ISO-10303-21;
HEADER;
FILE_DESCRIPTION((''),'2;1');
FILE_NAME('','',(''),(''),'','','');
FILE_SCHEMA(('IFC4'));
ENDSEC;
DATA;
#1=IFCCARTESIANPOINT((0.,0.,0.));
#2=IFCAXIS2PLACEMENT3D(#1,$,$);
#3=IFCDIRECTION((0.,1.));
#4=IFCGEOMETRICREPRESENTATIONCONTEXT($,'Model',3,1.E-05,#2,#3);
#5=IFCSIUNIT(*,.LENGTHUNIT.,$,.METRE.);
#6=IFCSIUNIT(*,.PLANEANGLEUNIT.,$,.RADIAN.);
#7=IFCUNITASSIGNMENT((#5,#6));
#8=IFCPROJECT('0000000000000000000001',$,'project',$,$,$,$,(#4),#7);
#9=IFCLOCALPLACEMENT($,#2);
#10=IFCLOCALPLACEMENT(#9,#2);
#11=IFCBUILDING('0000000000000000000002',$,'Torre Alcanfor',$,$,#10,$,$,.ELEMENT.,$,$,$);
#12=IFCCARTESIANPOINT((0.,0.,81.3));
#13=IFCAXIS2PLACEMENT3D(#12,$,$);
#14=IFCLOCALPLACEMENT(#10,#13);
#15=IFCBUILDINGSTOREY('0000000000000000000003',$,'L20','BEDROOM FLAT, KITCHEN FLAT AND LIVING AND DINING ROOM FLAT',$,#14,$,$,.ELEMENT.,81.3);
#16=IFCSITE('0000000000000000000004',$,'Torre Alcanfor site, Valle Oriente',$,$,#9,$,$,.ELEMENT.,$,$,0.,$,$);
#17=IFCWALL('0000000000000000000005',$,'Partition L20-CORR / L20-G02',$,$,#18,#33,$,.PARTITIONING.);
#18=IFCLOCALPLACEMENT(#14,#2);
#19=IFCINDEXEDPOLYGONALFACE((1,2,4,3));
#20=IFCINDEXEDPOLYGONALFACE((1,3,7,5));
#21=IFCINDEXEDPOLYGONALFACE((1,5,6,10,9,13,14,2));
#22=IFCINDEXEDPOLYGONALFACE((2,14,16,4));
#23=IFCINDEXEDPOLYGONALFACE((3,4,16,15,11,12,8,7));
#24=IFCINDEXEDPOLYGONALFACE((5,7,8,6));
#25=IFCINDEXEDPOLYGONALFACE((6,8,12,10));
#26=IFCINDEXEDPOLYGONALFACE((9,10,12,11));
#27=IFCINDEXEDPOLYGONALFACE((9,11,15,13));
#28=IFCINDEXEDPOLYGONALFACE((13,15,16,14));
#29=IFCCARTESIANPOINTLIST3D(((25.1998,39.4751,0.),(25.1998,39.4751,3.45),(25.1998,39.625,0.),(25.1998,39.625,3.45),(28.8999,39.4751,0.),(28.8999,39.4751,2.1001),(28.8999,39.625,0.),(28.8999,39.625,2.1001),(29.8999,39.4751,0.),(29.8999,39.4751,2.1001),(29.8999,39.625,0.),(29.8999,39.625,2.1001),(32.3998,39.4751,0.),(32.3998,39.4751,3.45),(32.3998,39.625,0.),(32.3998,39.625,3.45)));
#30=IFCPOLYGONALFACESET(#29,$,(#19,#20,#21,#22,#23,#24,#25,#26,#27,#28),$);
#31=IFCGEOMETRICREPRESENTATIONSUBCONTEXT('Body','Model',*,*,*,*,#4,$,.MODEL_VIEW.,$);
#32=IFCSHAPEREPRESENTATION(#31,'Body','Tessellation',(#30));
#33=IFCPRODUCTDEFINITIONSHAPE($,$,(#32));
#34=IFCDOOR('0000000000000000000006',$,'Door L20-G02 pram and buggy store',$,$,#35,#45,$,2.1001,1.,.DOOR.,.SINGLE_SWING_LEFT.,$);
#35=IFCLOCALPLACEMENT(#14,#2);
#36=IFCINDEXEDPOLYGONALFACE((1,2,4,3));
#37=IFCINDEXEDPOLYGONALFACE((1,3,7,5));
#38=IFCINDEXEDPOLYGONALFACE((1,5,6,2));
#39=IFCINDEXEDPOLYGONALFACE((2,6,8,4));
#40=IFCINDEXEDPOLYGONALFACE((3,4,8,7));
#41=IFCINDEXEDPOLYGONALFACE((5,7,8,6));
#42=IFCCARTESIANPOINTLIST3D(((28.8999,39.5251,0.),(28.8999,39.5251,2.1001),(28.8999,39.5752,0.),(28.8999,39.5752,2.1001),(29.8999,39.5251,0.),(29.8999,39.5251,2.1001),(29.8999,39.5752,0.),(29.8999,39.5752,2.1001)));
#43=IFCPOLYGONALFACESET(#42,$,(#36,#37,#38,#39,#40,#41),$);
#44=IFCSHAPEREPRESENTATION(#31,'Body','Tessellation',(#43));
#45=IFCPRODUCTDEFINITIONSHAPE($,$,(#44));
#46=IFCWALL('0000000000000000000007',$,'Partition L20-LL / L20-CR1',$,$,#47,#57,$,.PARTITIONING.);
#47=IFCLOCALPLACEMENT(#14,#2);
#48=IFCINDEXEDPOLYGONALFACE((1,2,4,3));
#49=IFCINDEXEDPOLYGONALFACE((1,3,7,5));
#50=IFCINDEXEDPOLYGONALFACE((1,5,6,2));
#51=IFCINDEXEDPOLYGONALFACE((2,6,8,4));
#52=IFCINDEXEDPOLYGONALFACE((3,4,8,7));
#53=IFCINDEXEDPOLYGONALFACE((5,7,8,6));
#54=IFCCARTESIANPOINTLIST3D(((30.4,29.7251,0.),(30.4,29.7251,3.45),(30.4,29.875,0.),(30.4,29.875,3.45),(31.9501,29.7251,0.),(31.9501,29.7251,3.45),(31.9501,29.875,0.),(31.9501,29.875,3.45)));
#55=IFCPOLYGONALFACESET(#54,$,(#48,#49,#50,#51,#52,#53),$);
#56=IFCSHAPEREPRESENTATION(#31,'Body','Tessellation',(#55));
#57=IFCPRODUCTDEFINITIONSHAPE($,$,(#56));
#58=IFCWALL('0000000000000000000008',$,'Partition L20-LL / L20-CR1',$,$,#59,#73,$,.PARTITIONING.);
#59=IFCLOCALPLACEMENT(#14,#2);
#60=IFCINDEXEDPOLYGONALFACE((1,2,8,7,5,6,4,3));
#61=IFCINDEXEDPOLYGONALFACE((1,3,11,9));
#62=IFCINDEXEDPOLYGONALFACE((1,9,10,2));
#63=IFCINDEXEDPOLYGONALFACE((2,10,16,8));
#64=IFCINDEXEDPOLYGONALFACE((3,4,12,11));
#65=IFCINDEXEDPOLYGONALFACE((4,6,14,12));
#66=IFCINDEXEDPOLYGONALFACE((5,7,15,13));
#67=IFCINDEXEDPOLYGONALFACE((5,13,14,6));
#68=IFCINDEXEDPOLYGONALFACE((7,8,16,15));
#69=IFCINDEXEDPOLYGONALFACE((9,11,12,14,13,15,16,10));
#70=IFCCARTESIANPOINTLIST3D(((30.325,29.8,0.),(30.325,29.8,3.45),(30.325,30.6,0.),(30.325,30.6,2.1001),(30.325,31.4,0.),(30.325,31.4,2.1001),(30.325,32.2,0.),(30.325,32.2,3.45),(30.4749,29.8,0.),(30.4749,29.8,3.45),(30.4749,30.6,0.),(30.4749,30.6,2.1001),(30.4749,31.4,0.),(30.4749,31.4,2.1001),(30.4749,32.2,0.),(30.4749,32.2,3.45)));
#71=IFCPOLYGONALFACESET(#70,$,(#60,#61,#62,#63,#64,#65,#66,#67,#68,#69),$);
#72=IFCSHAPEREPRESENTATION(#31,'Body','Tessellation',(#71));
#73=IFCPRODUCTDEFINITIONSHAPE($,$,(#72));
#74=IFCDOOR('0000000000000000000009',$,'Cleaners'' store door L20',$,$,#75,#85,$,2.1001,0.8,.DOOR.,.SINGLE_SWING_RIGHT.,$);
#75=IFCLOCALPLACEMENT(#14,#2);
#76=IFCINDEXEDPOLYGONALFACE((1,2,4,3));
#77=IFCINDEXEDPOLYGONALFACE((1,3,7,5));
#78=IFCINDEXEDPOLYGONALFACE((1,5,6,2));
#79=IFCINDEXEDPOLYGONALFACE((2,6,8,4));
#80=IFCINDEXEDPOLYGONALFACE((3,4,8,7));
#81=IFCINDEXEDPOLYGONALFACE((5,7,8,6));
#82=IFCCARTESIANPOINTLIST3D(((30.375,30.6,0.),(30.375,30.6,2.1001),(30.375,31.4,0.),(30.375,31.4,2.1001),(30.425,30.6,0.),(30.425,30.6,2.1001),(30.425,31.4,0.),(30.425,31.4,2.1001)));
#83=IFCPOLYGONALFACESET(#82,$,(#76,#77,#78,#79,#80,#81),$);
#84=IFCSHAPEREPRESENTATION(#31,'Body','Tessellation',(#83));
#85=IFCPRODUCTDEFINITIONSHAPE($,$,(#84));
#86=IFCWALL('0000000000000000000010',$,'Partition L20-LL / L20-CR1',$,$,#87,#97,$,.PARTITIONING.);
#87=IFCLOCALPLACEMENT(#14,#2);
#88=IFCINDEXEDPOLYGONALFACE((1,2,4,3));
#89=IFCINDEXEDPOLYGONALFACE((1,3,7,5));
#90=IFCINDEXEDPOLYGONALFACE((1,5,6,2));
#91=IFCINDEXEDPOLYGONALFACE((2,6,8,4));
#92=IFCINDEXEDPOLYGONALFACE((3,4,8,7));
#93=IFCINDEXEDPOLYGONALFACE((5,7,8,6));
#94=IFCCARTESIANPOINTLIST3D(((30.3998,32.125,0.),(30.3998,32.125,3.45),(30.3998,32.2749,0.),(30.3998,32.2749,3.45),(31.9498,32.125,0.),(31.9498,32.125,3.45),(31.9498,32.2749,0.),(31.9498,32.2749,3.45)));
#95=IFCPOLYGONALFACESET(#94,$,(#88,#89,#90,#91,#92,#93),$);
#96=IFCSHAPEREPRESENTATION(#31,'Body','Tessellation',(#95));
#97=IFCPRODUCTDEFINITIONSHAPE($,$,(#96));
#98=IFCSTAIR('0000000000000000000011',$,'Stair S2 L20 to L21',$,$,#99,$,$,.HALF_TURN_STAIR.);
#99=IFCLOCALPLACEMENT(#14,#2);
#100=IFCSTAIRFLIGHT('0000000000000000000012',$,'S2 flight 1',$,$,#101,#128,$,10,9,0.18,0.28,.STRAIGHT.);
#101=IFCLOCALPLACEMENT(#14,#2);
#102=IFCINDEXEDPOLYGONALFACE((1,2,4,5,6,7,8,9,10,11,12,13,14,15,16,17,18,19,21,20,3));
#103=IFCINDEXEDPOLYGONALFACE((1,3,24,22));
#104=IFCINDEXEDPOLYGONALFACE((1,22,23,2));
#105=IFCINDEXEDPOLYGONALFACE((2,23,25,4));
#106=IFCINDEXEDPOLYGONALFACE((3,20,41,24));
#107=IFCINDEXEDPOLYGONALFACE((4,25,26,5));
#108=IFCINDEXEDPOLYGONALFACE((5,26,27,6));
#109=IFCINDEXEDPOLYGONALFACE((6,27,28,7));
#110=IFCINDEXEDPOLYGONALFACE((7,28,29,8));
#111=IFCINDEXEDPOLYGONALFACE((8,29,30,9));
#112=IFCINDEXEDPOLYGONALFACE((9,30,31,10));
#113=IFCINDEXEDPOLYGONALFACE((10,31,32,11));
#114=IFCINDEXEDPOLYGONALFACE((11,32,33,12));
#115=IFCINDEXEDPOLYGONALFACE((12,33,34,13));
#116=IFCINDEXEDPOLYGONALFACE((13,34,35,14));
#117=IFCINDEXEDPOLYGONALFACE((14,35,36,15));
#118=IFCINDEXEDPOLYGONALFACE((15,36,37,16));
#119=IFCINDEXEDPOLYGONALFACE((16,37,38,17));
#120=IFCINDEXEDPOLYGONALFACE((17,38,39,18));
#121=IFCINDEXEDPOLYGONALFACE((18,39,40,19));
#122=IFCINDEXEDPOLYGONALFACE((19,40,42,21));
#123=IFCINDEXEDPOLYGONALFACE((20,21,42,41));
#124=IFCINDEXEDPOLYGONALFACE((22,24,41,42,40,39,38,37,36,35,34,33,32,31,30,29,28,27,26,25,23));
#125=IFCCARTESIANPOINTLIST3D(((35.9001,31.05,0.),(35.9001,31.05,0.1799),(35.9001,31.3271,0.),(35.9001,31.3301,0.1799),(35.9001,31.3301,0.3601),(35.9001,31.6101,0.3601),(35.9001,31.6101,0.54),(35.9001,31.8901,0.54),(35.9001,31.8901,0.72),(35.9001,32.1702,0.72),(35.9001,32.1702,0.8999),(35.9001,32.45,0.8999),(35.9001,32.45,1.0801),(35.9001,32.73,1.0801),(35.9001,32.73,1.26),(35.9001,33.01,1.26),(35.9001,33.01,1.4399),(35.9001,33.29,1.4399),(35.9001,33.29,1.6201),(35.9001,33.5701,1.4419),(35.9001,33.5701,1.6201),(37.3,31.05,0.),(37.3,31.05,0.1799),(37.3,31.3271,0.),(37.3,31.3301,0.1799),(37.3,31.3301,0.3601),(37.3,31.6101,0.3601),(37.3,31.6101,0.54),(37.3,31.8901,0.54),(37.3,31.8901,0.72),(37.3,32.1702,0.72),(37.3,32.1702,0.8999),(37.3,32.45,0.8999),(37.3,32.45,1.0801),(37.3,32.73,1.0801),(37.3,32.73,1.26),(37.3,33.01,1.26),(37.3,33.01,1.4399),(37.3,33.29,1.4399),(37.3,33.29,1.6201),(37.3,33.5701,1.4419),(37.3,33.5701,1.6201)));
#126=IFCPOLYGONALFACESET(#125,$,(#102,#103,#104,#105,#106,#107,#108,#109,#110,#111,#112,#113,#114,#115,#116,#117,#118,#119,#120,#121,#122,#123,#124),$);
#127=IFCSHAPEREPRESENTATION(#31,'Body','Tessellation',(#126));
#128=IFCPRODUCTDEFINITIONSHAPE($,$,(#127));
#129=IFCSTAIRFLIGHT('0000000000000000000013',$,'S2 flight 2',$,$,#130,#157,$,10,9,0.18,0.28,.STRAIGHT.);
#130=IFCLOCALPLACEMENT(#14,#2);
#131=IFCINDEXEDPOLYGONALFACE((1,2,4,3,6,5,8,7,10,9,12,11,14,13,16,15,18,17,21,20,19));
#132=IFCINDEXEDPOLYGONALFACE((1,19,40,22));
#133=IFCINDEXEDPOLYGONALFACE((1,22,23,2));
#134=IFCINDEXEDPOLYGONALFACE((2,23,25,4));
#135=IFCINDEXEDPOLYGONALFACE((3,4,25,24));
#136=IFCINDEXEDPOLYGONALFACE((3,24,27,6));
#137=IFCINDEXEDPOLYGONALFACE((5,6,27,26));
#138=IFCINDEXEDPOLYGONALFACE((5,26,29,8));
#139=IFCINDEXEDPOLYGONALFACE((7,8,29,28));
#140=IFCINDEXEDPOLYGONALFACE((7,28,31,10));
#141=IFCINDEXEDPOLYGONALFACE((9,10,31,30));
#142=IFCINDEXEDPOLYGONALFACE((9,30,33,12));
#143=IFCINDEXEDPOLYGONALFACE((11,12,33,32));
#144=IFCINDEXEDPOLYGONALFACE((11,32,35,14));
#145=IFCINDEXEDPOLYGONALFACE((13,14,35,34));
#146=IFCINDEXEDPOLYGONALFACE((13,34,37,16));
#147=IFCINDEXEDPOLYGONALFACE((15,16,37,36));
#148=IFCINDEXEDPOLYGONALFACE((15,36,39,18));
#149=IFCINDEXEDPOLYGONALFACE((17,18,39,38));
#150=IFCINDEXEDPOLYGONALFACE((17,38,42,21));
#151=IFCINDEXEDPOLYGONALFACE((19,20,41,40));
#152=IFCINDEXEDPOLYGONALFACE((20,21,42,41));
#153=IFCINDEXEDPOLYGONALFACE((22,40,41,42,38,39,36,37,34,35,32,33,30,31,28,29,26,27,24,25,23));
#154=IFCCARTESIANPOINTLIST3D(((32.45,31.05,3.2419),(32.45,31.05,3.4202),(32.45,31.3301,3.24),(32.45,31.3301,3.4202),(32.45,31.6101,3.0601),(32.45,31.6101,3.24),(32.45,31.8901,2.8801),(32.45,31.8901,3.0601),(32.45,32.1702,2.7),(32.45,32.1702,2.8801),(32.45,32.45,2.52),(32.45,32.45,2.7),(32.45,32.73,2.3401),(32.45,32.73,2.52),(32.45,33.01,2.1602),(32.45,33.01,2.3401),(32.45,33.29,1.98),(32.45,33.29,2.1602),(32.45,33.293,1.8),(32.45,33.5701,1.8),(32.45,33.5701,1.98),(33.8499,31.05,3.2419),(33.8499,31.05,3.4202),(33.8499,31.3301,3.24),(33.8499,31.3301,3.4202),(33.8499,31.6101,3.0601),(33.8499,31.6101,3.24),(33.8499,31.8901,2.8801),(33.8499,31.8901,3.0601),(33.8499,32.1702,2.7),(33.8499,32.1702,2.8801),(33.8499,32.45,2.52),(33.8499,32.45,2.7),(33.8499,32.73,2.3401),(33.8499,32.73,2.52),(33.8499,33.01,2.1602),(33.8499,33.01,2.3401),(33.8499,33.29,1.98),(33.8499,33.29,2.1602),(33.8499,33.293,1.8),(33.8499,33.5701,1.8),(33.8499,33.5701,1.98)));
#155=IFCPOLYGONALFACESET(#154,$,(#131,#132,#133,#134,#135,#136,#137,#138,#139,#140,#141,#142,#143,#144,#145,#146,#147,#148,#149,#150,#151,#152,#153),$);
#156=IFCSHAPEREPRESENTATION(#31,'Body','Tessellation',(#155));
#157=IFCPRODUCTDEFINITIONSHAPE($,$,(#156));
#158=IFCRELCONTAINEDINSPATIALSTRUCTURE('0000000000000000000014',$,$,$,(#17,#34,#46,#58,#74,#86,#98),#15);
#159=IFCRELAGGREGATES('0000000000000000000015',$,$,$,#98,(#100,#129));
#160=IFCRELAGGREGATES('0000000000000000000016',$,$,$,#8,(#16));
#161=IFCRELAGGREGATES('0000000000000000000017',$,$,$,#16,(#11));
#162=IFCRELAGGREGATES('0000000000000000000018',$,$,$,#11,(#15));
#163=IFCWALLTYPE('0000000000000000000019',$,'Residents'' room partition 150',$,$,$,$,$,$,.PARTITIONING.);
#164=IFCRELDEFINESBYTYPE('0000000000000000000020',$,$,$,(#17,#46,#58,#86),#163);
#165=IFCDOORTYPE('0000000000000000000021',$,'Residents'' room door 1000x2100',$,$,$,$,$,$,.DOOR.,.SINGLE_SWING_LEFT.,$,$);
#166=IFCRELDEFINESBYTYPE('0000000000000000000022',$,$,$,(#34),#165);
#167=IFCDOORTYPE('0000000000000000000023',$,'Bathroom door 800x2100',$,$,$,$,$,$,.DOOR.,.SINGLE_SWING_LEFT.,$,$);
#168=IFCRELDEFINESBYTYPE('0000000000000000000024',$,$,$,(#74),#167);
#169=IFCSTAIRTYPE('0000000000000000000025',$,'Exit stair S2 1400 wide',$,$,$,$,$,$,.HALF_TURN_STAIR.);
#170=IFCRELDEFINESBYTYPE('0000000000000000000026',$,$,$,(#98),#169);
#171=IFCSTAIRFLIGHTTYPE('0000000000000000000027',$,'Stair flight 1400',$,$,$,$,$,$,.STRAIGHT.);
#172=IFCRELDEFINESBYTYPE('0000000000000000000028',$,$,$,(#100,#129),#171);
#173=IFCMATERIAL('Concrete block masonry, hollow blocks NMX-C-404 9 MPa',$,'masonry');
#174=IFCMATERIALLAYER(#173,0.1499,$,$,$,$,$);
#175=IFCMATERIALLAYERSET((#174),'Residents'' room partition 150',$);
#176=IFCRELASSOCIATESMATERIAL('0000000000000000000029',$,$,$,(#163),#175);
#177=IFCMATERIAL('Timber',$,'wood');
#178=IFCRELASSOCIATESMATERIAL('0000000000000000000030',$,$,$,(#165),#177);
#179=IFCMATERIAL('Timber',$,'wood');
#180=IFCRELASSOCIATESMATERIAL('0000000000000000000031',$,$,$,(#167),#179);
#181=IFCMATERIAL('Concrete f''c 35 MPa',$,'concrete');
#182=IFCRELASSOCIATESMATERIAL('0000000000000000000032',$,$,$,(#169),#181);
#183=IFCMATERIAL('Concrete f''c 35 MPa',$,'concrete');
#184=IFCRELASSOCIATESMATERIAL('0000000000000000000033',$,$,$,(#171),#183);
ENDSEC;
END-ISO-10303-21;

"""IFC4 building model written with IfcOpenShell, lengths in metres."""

from ifc_helpers import new_model, si_unit, direction, frame, frame_2d, origin, place, context, subcontext, project, spatial, polyline, rectangle, outline, extrude, material, layer, layer_set, type_object, element, fill, aggregate, save


model = new_model("IFC4")

# Units and contexts
model_context = context("Model", 3, precision=1e-05, world=origin(), true_north=direction((0.0, 1.0)))
body_context = subcontext(model_context, "Body", "Model", "MODEL_VIEW")
ifc_project = project(units=[si_unit("LENGTHUNIT", "METRE"), si_unit("PLANEANGLEUNIT", "RADIAN")], contexts=[model_context])

# Site, building, storey
site_placement = place(None, origin())
site = spatial("IfcSite", under=ifc_project, at=site_placement, Name="Torre Alcanfor site, Valle Oriente", CompositionType="ELEMENT", RefElevation=0.0)
building_placement = place(site_placement, origin())
building = spatial("IfcBuilding", under=site, at=building_placement, Name="Torre Alcanfor", CompositionType="ELEMENT")
storey_placement = place(building_placement, frame((0.0, 0.0, 81.3)))
storey = spatial("IfcBuildingStorey", under=building, at=storey_placement, Name="L20", Description="BEDROOM FLAT, KITCHEN FLAT AND LIVING AND DINING ROOM FLAT", CompositionType="ELEMENT", Elevation=81.3)

# Shared definitions
ifc_material_1 = material(Name="Concrete block masonry, hollow blocks NMX-C-404 9 MPa", Category="masonry")
ifc_layer_1 = layer(ifc_material_1, 0.1499)
ifc_layer_set_1 = layer_set([ifc_layer_1], Name="Residents' room partition 150")
wall_type_1 = type_object("IfcWallType", Name="Residents' room partition 150", PredefinedType="PARTITIONING", material=ifc_layer_set_1)

# Wall, opening, door
wall_1_placement = place(storey_placement, frame((32.3999, 39.55, 0.0), z_axis=(0.0, 0.0, 1.0), x_axis=(-1.0, 0.0, 0.0)))
wall_1 = element("IfcWall", 1, at=wall_1_placement, inside=storey, type_object=wall_type_1, Name="Partition L20-CORR / L20-G02", PredefinedType="PARTITIONING", context=body_context, shape_type="SweptSolid", body=[
    extrude(rectangle(XDim=7.2, YDim=0.1499, at=frame_2d((3.6001, 0.0))), origin(), (0.0, 0.0, 1.0), 3.45),
])
opening_1_placement = place(wall_1_placement, frame((2.5, 0.0, 0.0)))
opening_1 = element("IfcOpeningElement", 2, at=opening_1_placement, cuts=wall_1, PredefinedType="OPENING", context=body_context, shape_type="SweptSolid", body=[
    extrude(rectangle(XDim=1.0, YDim=2.1001, at=frame_2d((0.5, 1.05))), frame((0.0, 0.085, 0.0), z_axis=(0.0, -1.0, 0.0), x_axis=(1.0, 0.0, 0.0)), (0.0, 0.0, 1.0), 0.1699),
])
ifc_material_2 = material(Name="Timber", Category="wood")
door_type_1 = type_object("IfcDoorType", Name="Residents' room door 1000x2100", OperationType="SINGLE_SWING_LEFT", PredefinedType="DOOR", material=ifc_material_2)
door_1_placement = place(opening_1_placement, origin())
door_1 = element("IfcDoor", 3, at=door_1_placement, inside=storey, type_object=door_type_1, Name="Door L20-G02 pram and buggy store", OperationType="SINGLE_SWING_LEFT", OverallHeight=2.1001, OverallWidth=1.0, PredefinedType="DOOR", context=body_context, shape_type="SweptSolid", body=[
    extrude(rectangle(XDim=1.0, YDim=2.1001, at=frame_2d((0.5, 1.05))), frame((0.0, 0.0249, 0.0), z_axis=(0.0, -1.0, 0.0), x_axis=(1.0, 0.0, 0.0)), (0.0, 0.0, 1.0), 0.05),
])
fill(opening_1, door_1)

# Wall
wall_2_placement = place(storey_placement, frame((31.95, 29.8, 0.0), z_axis=(0.0, 0.0, 1.0), x_axis=(-1.0, 0.0, 0.0)))
element("IfcWall", 4, at=wall_2_placement, inside=storey, type_object=wall_type_1, Name="Partition L20-LL / L20-CR1", PredefinedType="PARTITIONING", context=body_context, shape_type="SweptSolid", body=[
    extrude(rectangle(XDim=1.55, YDim=0.1499, at=frame_2d((0.7749, 0.0))), origin(), (0.0, 0.0, 1.0), 3.45),
])

# Wall, opening, door
wall_3_placement = place(storey_placement, frame((30.3999, 29.8, 0.0), z_axis=(0.0, 0.0, 1.0), x_axis=(0.0, 1.0, 0.0)))
wall_3 = element("IfcWall", 5, at=wall_3_placement, inside=storey, type_object=wall_type_1, Name="Partition L20-LL / L20-CR1", PredefinedType="PARTITIONING", context=body_context, shape_type="SweptSolid", body=[
    extrude(rectangle(XDim=2.3999, YDim=0.1499, at=frame_2d((1.2, 0.0))), origin(), (0.0, 0.0, 1.0), 3.45),
])
opening_2_placement = place(wall_3_placement, frame((0.8, 0.0, 0.0)))
opening_2 = element("IfcOpeningElement", 6, at=opening_2_placement, cuts=wall_3, PredefinedType="OPENING", context=body_context, shape_type="SweptSolid", body=[
    extrude(rectangle(XDim=0.8, YDim=2.1001, at=frame_2d((0.3999, 1.05))), frame((0.0, 0.085, 0.0), z_axis=(0.0, -1.0, 0.0), x_axis=(1.0, 0.0, 0.0)), (0.0, 0.0, 1.0), 0.1699),
])
ifc_material_3 = material(Name="Timber", Category="wood")
door_type_2 = type_object("IfcDoorType", Name="Bathroom door 800x2100", OperationType="SINGLE_SWING_LEFT", PredefinedType="DOOR", material=ifc_material_3)
door_2_placement = place(opening_2_placement, frame((0.8, 0.0, 0.0), z_axis=(0.0, 0.0, 1.0), x_axis=(-1.0, 0.0, 0.0)))
door_2 = element("IfcDoor", 7, at=door_2_placement, inside=storey, type_object=door_type_2, Name="Cleaners' store door L20", OperationType="SINGLE_SWING_RIGHT", OverallHeight=2.1001, OverallWidth=0.8, PredefinedType="DOOR", context=body_context, shape_type="SweptSolid", body=[
    extrude(rectangle(XDim=0.8, YDim=2.1001, at=frame_2d((0.4001, 1.05))), frame((0.0, 0.0251, 0.0), z_axis=(0.0, -1.0, 0.0), x_axis=(1.0, 0.0, 0.0)), (0.0, 0.0, 1.0), 0.05),
])
fill(opening_2, door_2)

# Wall
wall_4_placement = place(storey_placement, frame((30.3999, 32.2, 0.0), z_axis=(0.0, 0.0, 1.0), x_axis=(1.0, 0.0, 0.0)))
element("IfcWall", 8, at=wall_4_placement, inside=storey, type_object=wall_type_1, Name="Partition L20-LL / L20-CR1", PredefinedType="PARTITIONING", context=body_context, shape_type="SweptSolid", body=[
    extrude(rectangle(XDim=1.55, YDim=0.1499, at=frame_2d((0.7749, 0.0))), origin(), (0.0, 0.0, 1.0), 3.45),
])

# Stair, stair flights
ifc_material_4 = material(Name="Concrete f'c 35 MPa", Category="concrete")
stair_type = type_object("IfcStairType", Name="Exit stair S2 1400 wide", PredefinedType="HALF_TURN_STAIR", material=ifc_material_4)
stair_placement = place(storey_placement, origin())
stair = element("IfcStair", 9, at=stair_placement, inside=storey, type_object=stair_type, Name="Stair S2 L20 to L21", PredefinedType="HALF_TURN_STAIR")
ifc_material_5 = material(Name="Concrete f'c 35 MPa", Category="concrete")
stair_flight_type = type_object("IfcStairFlightType", Name="Stair flight 1400", PredefinedType="STRAIGHT", material=ifc_material_5)
stair_flight_1_placement = place(storey_placement, frame((36.6001, 31.05, 0.0), z_axis=(0.0, 0.0, 1.0), x_axis=(0.0, 1.0, 0.0)))
stair_flight_1 = element("IfcStairFlight", 10, at=stair_flight_1_placement, type_object=stair_flight_type, Name="S2 flight 1", NumberOfRisers=10, NumberOfTreads=9, PredefinedType="STRAIGHT", RiserHeight=0.18, TreadLength=0.28, context=body_context, shape_type="SweptSolid", body=[
    extrude(outline(polyline([(0.0, 0.0), (0.0, 0.1799), (0.28, 0.1799), (0.28, 0.3601), (0.5601, 0.3601), (0.5601, 0.54), (0.8401, 0.54), (0.8401, 0.72), (1.1201, 0.72), (1.1201, 0.8999), (1.3999, 0.8999), (1.3999, 1.0801), (1.6799, 1.0801), (1.6799, 1.26), (1.96, 1.26), (1.96, 1.4399), (2.24, 1.4399), (2.24, 1.6201), (2.52, 1.6201), (2.52, 1.8), (2.52, 1.4419), (0.2771, 0.0), (0.0, 0.0)])), frame((0.0, 0.7, 0.0), z_axis=(0.0, -1.0, 0.0), x_axis=(1.0, 0.0, 0.0)), (0.0, 0.0, 1.0), 1.3999),
])
stair_flight_2_placement = place(storey_placement, frame((33.1499, 33.5701, 1.8), z_axis=(0.0, 0.0, 1.0), x_axis=(0.0, -1.0, 0.0)))
stair_flight_2 = element("IfcStairFlight", 11, at=stair_flight_2_placement, type_object=stair_flight_type, Name="S2 flight 2", NumberOfRisers=10, NumberOfTreads=9, PredefinedType="STRAIGHT", RiserHeight=0.18, TreadLength=0.28, context=body_context, shape_type="SweptSolid", body=[
    extrude(outline(polyline([(0.0, 0.0), (0.0, 0.1799), (0.28, 0.1799), (0.28, 0.3601), (0.5601, 0.3601), (0.5601, 0.54), (0.8401, 0.54), (0.8401, 0.72), (1.1201, 0.72), (1.1201, 0.8999), (1.3999, 0.8999), (1.3999, 1.0801), (1.6799, 1.0801), (1.6799, 1.26), (1.96, 1.26), (1.96, 1.4399), (2.24, 1.4399), (2.24, 1.6201), (2.52, 1.6201), (2.52, 1.8), (2.52, 1.4419), (0.2771, 0.0), (0.0, 0.0)])), frame((0.0, 0.7, 0.0), z_axis=(0.0, -1.0, 0.0), x_axis=(1.0, 0.0, 0.0)), (0.0, 0.0, 1.0), 1.3999),
])
aggregate(stair, [stair_flight_1, stair_flight_2])

save(model, "model.ifc")
